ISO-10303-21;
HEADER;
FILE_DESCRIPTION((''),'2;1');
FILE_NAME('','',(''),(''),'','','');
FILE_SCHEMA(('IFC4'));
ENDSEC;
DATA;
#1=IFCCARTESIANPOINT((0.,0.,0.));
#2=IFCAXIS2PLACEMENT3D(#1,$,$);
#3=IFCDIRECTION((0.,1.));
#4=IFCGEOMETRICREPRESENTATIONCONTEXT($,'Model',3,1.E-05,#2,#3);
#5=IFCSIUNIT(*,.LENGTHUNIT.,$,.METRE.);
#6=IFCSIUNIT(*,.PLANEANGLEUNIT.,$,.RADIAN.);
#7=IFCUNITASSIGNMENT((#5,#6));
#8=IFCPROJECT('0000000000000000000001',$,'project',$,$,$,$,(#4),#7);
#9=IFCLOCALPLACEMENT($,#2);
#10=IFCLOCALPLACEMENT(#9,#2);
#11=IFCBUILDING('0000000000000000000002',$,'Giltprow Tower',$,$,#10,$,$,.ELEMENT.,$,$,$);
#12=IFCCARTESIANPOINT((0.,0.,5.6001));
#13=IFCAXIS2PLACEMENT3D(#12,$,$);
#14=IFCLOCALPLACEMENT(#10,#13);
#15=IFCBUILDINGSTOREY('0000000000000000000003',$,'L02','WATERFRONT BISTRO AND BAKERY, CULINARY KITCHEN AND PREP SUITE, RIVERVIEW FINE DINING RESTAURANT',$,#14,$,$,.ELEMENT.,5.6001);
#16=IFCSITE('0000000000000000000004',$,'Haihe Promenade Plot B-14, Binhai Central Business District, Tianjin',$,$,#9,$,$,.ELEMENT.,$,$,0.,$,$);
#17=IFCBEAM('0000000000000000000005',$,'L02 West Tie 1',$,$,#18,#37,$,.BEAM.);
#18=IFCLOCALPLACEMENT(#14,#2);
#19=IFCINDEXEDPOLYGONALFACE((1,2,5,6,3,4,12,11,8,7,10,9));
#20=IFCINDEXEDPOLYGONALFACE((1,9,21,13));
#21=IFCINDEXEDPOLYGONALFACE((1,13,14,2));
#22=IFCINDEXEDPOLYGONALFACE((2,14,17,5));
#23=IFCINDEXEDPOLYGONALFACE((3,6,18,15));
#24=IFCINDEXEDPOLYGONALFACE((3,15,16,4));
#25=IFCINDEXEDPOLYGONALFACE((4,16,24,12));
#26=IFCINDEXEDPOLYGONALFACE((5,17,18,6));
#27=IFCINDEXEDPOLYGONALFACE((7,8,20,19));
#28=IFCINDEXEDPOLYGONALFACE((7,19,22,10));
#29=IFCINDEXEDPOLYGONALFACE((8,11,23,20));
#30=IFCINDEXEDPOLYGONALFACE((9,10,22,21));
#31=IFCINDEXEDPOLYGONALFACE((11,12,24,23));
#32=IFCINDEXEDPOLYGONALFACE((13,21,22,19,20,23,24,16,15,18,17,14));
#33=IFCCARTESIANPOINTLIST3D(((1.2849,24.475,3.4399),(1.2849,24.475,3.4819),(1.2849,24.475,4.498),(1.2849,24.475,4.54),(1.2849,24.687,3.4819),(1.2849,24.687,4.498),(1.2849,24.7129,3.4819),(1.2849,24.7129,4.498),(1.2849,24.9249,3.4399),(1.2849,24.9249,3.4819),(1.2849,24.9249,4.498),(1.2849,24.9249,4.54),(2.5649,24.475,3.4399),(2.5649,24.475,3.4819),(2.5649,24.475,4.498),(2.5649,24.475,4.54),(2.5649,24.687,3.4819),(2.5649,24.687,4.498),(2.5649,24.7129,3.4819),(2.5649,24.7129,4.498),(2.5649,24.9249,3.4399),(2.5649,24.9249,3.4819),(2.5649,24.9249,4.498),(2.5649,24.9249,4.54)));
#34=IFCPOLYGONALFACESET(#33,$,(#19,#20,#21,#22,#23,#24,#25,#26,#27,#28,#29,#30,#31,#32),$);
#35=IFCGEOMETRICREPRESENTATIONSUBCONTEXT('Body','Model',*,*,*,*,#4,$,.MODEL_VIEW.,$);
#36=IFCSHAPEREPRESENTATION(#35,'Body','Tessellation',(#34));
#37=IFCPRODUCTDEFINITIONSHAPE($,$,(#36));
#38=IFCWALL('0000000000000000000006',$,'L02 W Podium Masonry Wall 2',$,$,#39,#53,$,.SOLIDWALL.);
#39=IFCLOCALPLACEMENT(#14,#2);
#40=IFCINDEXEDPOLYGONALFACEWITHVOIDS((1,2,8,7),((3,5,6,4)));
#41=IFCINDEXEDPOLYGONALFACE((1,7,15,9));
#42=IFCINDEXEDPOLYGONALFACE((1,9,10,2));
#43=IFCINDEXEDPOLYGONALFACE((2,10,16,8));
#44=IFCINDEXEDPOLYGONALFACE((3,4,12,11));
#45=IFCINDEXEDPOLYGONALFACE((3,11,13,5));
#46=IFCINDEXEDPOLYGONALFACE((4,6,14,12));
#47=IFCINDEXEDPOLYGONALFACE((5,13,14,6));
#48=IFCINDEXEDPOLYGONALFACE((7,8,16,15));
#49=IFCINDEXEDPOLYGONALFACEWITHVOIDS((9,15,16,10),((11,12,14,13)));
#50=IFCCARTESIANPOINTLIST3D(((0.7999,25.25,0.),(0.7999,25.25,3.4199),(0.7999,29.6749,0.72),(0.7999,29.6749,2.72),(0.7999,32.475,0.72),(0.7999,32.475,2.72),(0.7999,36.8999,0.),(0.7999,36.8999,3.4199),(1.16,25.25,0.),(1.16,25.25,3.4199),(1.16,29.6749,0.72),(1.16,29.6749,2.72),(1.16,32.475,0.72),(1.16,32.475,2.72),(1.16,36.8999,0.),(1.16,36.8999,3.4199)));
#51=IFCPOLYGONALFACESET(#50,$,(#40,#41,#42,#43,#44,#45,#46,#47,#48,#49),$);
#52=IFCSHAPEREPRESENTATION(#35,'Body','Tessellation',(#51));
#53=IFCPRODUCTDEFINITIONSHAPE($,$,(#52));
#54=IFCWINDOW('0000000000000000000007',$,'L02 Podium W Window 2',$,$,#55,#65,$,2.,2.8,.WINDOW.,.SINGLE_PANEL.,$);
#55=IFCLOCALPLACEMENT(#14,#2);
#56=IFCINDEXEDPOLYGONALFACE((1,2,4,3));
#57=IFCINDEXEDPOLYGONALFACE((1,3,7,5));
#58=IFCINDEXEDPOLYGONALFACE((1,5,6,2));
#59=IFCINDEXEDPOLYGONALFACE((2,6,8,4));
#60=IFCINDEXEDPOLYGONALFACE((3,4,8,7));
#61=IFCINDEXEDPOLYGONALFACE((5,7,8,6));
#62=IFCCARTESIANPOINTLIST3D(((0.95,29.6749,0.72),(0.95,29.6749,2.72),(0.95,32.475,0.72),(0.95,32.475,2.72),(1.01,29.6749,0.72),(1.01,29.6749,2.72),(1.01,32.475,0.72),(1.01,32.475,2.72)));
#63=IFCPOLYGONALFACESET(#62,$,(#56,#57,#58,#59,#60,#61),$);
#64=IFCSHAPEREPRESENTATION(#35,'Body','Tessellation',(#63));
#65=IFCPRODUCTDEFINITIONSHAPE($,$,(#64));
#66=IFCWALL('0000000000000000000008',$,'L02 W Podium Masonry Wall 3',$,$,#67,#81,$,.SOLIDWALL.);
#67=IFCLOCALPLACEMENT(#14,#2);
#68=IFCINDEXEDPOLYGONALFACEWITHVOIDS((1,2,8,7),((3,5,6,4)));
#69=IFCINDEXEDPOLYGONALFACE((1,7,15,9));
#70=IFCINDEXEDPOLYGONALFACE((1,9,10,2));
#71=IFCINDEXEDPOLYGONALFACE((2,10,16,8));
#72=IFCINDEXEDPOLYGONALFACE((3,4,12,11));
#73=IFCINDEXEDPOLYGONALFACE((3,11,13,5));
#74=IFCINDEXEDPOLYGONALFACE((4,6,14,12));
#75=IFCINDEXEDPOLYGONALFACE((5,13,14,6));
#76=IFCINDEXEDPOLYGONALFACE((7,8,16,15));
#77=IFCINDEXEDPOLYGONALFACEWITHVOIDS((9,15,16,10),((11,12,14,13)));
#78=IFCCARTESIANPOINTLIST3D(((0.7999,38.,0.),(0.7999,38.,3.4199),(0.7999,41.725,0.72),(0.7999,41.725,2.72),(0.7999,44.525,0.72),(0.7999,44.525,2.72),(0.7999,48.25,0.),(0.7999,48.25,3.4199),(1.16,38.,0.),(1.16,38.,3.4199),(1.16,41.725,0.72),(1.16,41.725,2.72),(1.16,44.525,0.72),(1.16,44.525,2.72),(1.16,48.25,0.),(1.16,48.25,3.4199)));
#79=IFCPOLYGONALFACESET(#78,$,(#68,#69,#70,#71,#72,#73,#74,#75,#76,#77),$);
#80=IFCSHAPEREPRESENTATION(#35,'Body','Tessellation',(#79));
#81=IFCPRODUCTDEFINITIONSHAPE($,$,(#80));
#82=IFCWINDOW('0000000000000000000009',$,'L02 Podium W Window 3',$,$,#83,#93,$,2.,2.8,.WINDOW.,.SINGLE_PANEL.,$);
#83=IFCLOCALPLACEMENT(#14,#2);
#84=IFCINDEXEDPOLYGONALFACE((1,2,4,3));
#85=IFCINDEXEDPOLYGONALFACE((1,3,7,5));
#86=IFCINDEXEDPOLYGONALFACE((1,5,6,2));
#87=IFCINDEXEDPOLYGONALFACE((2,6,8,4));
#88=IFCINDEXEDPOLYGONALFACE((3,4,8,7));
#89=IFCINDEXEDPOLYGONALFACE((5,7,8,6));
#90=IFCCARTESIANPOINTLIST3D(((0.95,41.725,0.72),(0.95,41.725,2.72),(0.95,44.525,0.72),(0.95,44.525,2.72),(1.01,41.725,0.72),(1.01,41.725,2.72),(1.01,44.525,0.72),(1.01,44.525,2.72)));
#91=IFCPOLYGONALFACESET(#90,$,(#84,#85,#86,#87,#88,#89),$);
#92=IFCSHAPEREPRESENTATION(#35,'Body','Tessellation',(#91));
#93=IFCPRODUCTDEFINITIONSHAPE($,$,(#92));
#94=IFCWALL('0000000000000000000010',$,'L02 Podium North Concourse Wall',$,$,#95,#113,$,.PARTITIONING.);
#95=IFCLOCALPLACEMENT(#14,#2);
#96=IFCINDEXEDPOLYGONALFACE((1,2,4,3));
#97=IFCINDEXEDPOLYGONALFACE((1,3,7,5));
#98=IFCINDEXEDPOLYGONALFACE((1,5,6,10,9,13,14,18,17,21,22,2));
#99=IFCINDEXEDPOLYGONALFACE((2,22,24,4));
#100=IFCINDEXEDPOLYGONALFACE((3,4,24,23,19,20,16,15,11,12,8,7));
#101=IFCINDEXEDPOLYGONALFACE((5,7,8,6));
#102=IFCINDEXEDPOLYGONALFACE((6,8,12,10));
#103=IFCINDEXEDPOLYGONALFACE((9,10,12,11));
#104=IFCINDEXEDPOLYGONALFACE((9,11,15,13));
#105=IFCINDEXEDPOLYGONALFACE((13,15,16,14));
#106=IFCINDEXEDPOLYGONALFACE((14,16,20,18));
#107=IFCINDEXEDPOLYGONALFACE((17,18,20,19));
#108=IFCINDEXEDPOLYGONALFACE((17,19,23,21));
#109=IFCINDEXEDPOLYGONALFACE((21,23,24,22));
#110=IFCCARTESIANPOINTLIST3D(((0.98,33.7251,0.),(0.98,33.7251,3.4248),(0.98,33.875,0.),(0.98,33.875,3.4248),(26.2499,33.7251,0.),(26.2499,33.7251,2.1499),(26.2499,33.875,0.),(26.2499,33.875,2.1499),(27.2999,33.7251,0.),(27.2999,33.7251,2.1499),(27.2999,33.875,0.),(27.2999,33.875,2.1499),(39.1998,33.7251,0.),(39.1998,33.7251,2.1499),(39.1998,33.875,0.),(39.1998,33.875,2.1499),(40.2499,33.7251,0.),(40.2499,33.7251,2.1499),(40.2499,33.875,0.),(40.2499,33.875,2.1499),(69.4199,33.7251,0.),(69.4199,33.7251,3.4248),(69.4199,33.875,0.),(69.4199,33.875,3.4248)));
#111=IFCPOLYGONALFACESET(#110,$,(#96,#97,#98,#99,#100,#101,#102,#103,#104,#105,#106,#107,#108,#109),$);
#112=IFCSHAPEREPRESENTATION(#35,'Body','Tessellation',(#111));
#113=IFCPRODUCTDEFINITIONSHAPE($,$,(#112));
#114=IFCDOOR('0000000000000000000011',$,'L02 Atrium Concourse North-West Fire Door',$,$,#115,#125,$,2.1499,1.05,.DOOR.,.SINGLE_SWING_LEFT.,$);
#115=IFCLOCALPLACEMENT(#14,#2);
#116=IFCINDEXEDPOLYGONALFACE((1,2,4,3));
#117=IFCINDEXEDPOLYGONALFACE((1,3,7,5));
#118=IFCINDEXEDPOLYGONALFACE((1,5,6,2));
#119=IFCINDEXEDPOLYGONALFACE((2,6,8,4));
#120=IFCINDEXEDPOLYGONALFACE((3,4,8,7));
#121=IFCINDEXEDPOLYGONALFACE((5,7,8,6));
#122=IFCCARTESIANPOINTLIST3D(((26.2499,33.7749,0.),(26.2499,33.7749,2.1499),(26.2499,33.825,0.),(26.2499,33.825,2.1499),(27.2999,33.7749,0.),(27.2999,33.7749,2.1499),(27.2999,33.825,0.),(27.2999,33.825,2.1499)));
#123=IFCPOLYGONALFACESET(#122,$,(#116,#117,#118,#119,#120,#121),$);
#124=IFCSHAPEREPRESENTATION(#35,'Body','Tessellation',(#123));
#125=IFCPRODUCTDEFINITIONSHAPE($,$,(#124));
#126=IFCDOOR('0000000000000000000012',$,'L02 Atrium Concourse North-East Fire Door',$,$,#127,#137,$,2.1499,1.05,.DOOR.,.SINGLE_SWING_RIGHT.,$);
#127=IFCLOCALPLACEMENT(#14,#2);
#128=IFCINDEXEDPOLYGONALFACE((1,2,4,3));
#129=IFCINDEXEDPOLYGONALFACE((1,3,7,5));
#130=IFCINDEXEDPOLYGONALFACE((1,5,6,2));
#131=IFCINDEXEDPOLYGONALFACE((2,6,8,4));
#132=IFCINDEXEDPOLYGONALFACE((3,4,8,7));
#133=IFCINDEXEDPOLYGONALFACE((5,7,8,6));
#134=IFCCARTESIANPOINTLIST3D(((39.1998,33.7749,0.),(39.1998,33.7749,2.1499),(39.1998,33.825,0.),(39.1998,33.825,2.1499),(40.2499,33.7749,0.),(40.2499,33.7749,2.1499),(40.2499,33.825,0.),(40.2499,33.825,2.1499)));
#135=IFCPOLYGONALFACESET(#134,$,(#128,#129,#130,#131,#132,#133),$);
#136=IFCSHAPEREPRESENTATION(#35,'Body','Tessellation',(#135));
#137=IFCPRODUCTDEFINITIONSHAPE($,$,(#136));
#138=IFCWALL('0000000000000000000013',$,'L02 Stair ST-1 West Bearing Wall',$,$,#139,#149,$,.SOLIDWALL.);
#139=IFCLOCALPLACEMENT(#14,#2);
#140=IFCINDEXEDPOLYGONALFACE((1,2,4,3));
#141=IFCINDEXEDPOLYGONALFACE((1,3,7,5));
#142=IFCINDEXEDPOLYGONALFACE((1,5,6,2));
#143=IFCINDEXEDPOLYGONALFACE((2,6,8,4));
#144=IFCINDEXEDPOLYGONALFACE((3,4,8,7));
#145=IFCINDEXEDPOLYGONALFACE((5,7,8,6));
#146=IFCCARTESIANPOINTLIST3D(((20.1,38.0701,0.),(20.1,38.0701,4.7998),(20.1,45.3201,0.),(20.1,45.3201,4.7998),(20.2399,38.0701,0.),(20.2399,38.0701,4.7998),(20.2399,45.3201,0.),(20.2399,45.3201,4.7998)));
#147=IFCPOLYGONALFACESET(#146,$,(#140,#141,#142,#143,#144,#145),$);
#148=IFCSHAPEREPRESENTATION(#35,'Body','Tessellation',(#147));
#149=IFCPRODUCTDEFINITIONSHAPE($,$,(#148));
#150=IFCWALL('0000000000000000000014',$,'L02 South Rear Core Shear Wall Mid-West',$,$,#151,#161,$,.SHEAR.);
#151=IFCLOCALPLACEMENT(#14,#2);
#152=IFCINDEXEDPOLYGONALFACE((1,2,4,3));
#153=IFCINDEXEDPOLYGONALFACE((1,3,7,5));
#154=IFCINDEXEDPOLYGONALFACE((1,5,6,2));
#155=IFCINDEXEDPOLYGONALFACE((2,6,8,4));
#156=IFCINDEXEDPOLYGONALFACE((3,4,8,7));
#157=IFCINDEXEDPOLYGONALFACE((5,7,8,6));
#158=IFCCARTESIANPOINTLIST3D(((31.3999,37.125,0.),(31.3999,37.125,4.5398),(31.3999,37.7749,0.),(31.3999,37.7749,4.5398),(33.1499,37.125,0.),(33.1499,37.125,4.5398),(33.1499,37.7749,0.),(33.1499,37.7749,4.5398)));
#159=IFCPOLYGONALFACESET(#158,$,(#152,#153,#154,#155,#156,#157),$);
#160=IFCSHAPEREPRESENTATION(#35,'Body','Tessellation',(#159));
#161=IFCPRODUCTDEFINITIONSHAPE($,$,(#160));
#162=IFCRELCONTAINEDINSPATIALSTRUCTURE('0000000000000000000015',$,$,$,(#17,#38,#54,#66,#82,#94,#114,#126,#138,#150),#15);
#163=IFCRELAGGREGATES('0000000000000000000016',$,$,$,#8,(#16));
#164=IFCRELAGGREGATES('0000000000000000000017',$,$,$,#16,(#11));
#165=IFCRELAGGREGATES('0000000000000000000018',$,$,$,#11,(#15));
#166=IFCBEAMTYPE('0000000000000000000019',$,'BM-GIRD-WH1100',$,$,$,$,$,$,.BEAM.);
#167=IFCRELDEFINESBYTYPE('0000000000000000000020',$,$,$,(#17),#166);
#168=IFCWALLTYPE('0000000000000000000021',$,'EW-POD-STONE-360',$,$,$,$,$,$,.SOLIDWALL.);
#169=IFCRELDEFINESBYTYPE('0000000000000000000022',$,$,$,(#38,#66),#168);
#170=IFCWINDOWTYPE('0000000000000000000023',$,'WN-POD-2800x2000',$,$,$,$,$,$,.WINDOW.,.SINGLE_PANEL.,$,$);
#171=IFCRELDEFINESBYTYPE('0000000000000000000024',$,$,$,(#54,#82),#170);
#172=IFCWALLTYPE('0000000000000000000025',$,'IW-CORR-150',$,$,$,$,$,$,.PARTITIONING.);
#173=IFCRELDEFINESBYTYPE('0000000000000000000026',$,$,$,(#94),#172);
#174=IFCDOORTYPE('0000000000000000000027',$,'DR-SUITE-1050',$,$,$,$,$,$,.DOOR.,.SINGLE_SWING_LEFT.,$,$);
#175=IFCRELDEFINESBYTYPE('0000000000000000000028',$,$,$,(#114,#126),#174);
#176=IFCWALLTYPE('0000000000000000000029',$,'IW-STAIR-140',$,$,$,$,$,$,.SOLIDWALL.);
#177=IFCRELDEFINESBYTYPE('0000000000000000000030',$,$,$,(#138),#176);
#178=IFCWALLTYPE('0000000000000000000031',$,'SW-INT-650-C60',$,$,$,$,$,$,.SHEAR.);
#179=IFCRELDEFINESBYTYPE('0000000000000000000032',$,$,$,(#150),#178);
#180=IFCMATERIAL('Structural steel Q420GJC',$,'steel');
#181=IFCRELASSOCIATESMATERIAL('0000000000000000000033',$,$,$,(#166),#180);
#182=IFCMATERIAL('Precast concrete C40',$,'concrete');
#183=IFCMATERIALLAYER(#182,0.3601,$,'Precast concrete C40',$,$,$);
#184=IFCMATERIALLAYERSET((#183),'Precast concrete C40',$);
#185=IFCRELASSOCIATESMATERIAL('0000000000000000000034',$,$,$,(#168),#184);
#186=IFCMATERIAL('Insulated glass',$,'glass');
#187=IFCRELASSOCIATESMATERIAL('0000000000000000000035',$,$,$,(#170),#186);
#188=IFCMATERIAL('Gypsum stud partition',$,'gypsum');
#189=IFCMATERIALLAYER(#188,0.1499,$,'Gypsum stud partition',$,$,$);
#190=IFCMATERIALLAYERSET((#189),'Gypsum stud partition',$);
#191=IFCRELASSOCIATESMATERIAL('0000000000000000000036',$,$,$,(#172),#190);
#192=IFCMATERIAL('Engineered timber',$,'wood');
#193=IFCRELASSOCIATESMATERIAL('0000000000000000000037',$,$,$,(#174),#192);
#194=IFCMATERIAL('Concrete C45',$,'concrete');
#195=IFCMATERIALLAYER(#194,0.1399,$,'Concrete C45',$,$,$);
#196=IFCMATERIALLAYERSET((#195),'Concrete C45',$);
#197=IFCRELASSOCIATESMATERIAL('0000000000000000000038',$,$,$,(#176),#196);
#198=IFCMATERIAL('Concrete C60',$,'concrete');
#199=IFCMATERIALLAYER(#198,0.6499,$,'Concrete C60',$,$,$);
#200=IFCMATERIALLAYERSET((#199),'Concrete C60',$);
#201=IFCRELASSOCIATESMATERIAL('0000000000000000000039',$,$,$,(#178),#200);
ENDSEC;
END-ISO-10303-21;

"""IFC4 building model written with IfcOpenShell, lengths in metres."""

from ifc_helpers import new_model, si_unit, direction, frame, frame_2d, origin, origin_2d, place, context, subcontext, project, spatial, rectangle, i_section, extrude, source, transform, mapped, material, layer, layer_set, material_profile, profile_set, type_object, element, fill, save


model = new_model("IFC4")

# Units and contexts
model_context = context("Model", 3, precision=1e-05, world=origin(), true_north=direction((0.0, 1.0)))
body_context = subcontext(model_context, "Body", "Model", "MODEL_VIEW")
ifc_project = project(units=[si_unit("LENGTHUNIT", "METRE"), si_unit("PLANEANGLEUNIT", "RADIAN")], contexts=[model_context])

# Site, building, storey
site_placement = place(None, origin())
site = spatial("IfcSite", under=ifc_project, at=site_placement, Name="Haihe Promenade Plot B-14, Binhai Central Business District, Tianjin", CompositionType="ELEMENT", RefElevation=0.0)
building_placement = place(site_placement, origin())
building = spatial("IfcBuilding", under=site, at=building_placement, Name="Giltprow Tower", CompositionType="ELEMENT")
storey_placement = place(building_placement, frame((0.0, 0.0, 5.6001)))
storey = spatial("IfcBuildingStorey", under=building, at=storey_placement, Name="L02", Description="WATERFRONT BISTRO AND BAKERY, CULINARY KITCHEN AND PREP SUITE, RIVERVIEW FINE DINING RESTAURANT", CompositionType="ELEMENT", Elevation=5.6001)

# Shared definitions
ifc_material_1 = material(Name="Concrete C60", Category="concrete")
ifc_material_2 = material(Name="Structural steel Q420GJC", Category="steel")

# Beam
ifc_material_profile_1 = material_profile(ifc_material_2, i_section(OverallWidth=0.45, OverallDepth=1.1001, WebThickness=0.0259, FlangeThickness=0.042, at=origin_2d()), Name="WH 1100x450x26x42")
ifc_profile_set_1 = profile_set([ifc_material_profile_1], Name="Structural steel Q420GJC")
beam_type_1 = type_object("IfcBeamType", Name="BM-GIRD-WH1100", PredefinedType="BEAM", material=ifc_profile_set_1)
shared_shape_1 = source(origin(), body_context, "Body", "SweptSolid", [
    extrude(i_section(OverallWidth=0.45, OverallDepth=1.1001, WebThickness=0.0259, FlangeThickness=0.042, at=origin_2d()), origin(), (0.0, 0.0, 1.0), 1.28),
])
beam_1_placement = place(storey_placement, frame((1.2849, 24.7, 3.99), z_axis=(1.0, 0.0, 0.0), x_axis=(0.0, 1.0, 0.0)))
element("IfcBeam", 1, at=beam_1_placement, inside=storey, type_object=beam_type_1, Name="L02 West Tie 1", PredefinedType="BEAM", context=body_context, shape_type="MappedRepresentation", body=[
    mapped(shared_shape_1, transform((0.0, 0.0, 0.0), x_axis=(1.0, 0.0, 0.0), y_axis=(0.0, 1.0, 0.0), z_axis=(0.0, 0.0, 1.0), scale=1.0)),
])

# Walls, openings, windows
ifc_material_3 = material(Name="Precast concrete C40", Category="concrete")
ifc_layer_1 = layer(ifc_material_3, 0.3601, Name="Precast concrete C40")
ifc_layer_set_1 = layer_set([ifc_layer_1], Name="Precast concrete C40")
wall_type_1 = type_object("IfcWallType", Name="EW-POD-STONE-360", PredefinedType="SOLIDWALL", material=ifc_layer_set_1)
wall_1_placement = place(storey_placement, frame((0.98, 25.25, 0.0), z_axis=(0.0, 0.0, 1.0), x_axis=(0.0, 1.0, 0.0)))
wall_1 = element("IfcWall", 2, at=wall_1_placement, inside=storey, type_object=wall_type_1, Name="L02 W Podium Masonry Wall 2", PredefinedType="SOLIDWALL", context=body_context, shape_type="SweptSolid", body=[
    extrude(rectangle(XDim=11.6499, YDim=0.3601, at=frame_2d((5.825, 0.0))), origin(), (0.0, 0.0, 1.0), 3.4199),
])
opening_1_placement = place(wall_1_placement, frame((4.425, 0.0, 0.72)))
opening_1 = element("IfcOpeningElement", 3, at=opening_1_placement, cuts=wall_1, PredefinedType="OPENING", context=body_context, shape_type="SweptSolid", body=[
    extrude(rectangle(XDim=2.8, YDim=2.0, at=frame_2d((1.3999, 1.0))), frame((0.0, 0.1899, 0.0), z_axis=(0.0, -1.0, 0.0), x_axis=(1.0, 0.0, 0.0)), (0.0, 0.0, 1.0), 0.3801),
])
ifc_material_4 = material(Name="Insulated glass", Category="glass")
window_type = type_object("IfcWindowType", Name="WN-POD-2800x2000", PartitioningType="SINGLE_PANEL", PredefinedType="WINDOW", material=ifc_material_4)
shared_shape_2 = source(origin(), body_context, "Body", "SweptSolid", [
    extrude(rectangle(XDim=2.8, YDim=2.0, at=frame_2d((1.3999, 1.0))), frame((0.0, 0.03, 0.0), z_axis=(0.0, -1.0, 0.0), x_axis=(1.0, 0.0, 0.0)), (0.0, 0.0, 1.0), 0.0601),
])
window_1_placement = place(opening_1_placement, origin())
window_1 = element("IfcWindow", 4, at=window_1_placement, inside=storey, type_object=window_type, Name="L02 Podium W Window 2", OverallHeight=2.0, OverallWidth=2.8, PartitioningType="SINGLE_PANEL", PredefinedType="WINDOW", context=body_context, shape_type="MappedRepresentation", body=[
    mapped(shared_shape_2, transform((0.0, 0.0, 0.0), x_axis=(1.0, 0.0, 0.0), y_axis=(0.0, 1.0, 0.0), z_axis=(0.0, 0.0, 1.0), scale=1.0)),
])
fill(opening_1, window_1)
wall_2_placement = place(storey_placement, frame((0.98, 38.0, 0.0), z_axis=(0.0, 0.0, 1.0), x_axis=(0.0, 1.0, 0.0)))
wall_2 = element("IfcWall", 5, at=wall_2_placement, inside=storey, type_object=wall_type_1, Name="L02 W Podium Masonry Wall 3", PredefinedType="SOLIDWALL", context=body_context, shape_type="SweptSolid", body=[
    extrude(rectangle(XDim=10.25, YDim=0.3601, at=frame_2d((5.125, 0.0))), origin(), (0.0, 0.0, 1.0), 3.4199),
])
opening_2_placement = place(wall_2_placement, frame((3.7251, 0.0, 0.72)))
opening_2 = element("IfcOpeningElement", 6, at=opening_2_placement, cuts=wall_2, PredefinedType="OPENING", context=body_context, shape_type="SweptSolid", body=[
    extrude(rectangle(XDim=2.8, YDim=2.0, at=frame_2d((1.3999, 1.0))), frame((0.0, 0.1899, 0.0), z_axis=(0.0, -1.0, 0.0), x_axis=(1.0, 0.0, 0.0)), (0.0, 0.0, 1.0), 0.3801),
])
window_2_placement = place(opening_2_placement, origin())
window_2 = element("IfcWindow", 7, at=window_2_placement, inside=storey, type_object=window_type, Name="L02 Podium W Window 3", OverallHeight=2.0, OverallWidth=2.8, PartitioningType="SINGLE_PANEL", PredefinedType="WINDOW", context=body_context, shape_type="MappedRepresentation", body=[
    mapped(shared_shape_2, transform((0.0, 0.0, 0.0), x_axis=(1.0, 0.0, 0.0), y_axis=(0.0, 1.0, 0.0), z_axis=(0.0, 0.0, 1.0), scale=1.0)),
])
fill(opening_2, window_2)

# Wall, openings, doors
ifc_material_5 = material(Name="Gypsum stud partition", Category="gypsum")
ifc_layer_2 = layer(ifc_material_5, 0.1499, Name="Gypsum stud partition")
ifc_layer_set_2 = layer_set([ifc_layer_2], Name="Gypsum stud partition")
wall_type_2 = type_object("IfcWallType", Name="IW-CORR-150", PredefinedType="PARTITIONING", material=ifc_layer_set_2)
wall_3_placement = place(storey_placement, frame((0.98, 33.8, 0.0), z_axis=(0.0, 0.0, 1.0), x_axis=(1.0, 0.0, 0.0)))
wall_3 = element("IfcWall", 8, at=wall_3_placement, inside=storey, type_object=wall_type_2, Name="L02 Podium North Concourse Wall", PredefinedType="PARTITIONING", context=body_context, shape_type="SweptSolid", body=[
    extrude(rectangle(XDim=68.4399, YDim=0.1499, at=frame_2d((34.22, 0.0))), origin(), (0.0, 0.0, 1.0), 3.4248),
])
opening_3_placement = place(wall_3_placement, frame((25.27, 0.0, 0.0)))
opening_3 = element("IfcOpeningElement", 9, at=opening_3_placement, cuts=wall_3, PredefinedType="OPENING", context=body_context, shape_type="SweptSolid", body=[
    extrude(rectangle(XDim=1.05, YDim=2.1499, at=frame_2d((0.5249, 1.075))), frame((0.0, 0.085, 0.0), z_axis=(0.0, -1.0, 0.0), x_axis=(1.0, 0.0, 0.0)), (0.0, 0.0, 1.0), 0.1699),
])
opening_4_placement = place(wall_3_placement, frame((38.22, 0.0, 0.0)))
opening_4 = element("IfcOpeningElement", 10, at=opening_4_placement, cuts=wall_3, PredefinedType="OPENING", context=body_context, shape_type="SweptSolid", body=[
    extrude(rectangle(XDim=1.05, YDim=2.1499, at=frame_2d((0.5249, 1.075))), frame((0.0, 0.085, 0.0), z_axis=(0.0, -1.0, 0.0), x_axis=(1.0, 0.0, 0.0)), (0.0, 0.0, 1.0), 0.1699),
])
ifc_material_6 = material(Name="Engineered timber", Category="wood")
door_type_1 = type_object("IfcDoorType", Name="DR-SUITE-1050", OperationType="SINGLE_SWING_LEFT", PredefinedType="DOOR", material=ifc_material_6)
shared_shape_3 = source(origin(), body_context, "Body", "SweptSolid", [
    extrude(rectangle(XDim=1.05, YDim=2.1499, at=frame_2d((0.5249, 1.075))), frame((0.0, 0.0249, 0.0), z_axis=(0.0, -1.0, 0.0), x_axis=(1.0, 0.0, 0.0)), (0.0, 0.0, 1.0), 0.05),
])
door_1_placement = place(opening_3_placement, origin())
door_1 = element("IfcDoor", 11, at=door_1_placement, inside=storey, type_object=door_type_1, Name="L02 Atrium Concourse North-West Fire Door", OperationType="SINGLE_SWING_LEFT", OverallHeight=2.1499, OverallWidth=1.05, PredefinedType="DOOR", context=body_context, shape_type="MappedRepresentation", body=[
    mapped(shared_shape_3, transform((0.0, 0.0, 0.0), x_axis=(1.0, 0.0, 0.0), y_axis=(0.0, 1.0, 0.0), z_axis=(0.0, 0.0, 1.0), scale=1.0)),
])
fill(opening_3, door_1)
door_2_placement = place(opening_4_placement, origin())
door_2 = element("IfcDoor", 12, at=door_2_placement, inside=storey, type_object=door_type_1, Name="L02 Atrium Concourse North-East Fire Door", OperationType="SINGLE_SWING_RIGHT", OverallHeight=2.1499, OverallWidth=1.05, PredefinedType="DOOR", context=body_context, shape_type="MappedRepresentation", body=[
    mapped(shared_shape_3, transform((0.0, 0.0, 0.0), x_axis=(1.0, 0.0, 0.0), y_axis=(0.0, 1.0, 0.0), z_axis=(0.0, 0.0, 1.0), scale=1.0)),
])
fill(opening_4, door_2)

# Wall
ifc_material_7 = material(Name="Concrete C45", Category="concrete")
ifc_layer_3 = layer(ifc_material_7, 0.1399, Name="Concrete C45")
ifc_layer_set_3 = layer_set([ifc_layer_3], Name="Concrete C45")
wall_type_3 = type_object("IfcWallType", Name="IW-STAIR-140", PredefinedType="SOLIDWALL", material=ifc_layer_set_3)
wall_4_placement = place(storey_placement, frame((20.1699, 38.0701, 0.0), z_axis=(0.0, 0.0, 1.0), x_axis=(0.0, 1.0, 0.0)))
element("IfcWall", 13, at=wall_4_placement, inside=storey, type_object=wall_type_3, Name="L02 Stair ST-1 West Bearing Wall", PredefinedType="SOLIDWALL", context=body_context, shape_type="SweptSolid", body=[
    extrude(rectangle(XDim=7.25, YDim=0.1399, at=frame_2d((3.625, 0.0))), origin(), (0.0, 0.0, 1.0), 4.7998),
])

# Shared definitions
ifc_layer_4 = layer(ifc_material_1, 0.6499, Name="Concrete C60")
ifc_layer_set_4 = layer_set([ifc_layer_4], Name="Concrete C60")
wall_type_4 = type_object("IfcWallType", Name="SW-INT-650-C60", PredefinedType="SHEAR", material=ifc_layer_set_4)

# Wall
wall_5_placement = place(storey_placement, frame((31.3999, 37.45, 0.0), z_axis=(0.0, 0.0, 1.0), x_axis=(1.0, 0.0, 0.0)))
element("IfcWall", 14, at=wall_5_placement, inside=storey, type_object=wall_type_4, Name="L02 South Rear Core Shear Wall Mid-West", PredefinedType="SHEAR", context=body_context, shape_type="SweptSolid", body=[
    extrude(rectangle(XDim=1.75, YDim=0.6499, at=frame_2d((0.875, 0.0))), origin(), (0.0, 0.0, 1.0), 4.5398),
])

save(model, "model.ifc")
